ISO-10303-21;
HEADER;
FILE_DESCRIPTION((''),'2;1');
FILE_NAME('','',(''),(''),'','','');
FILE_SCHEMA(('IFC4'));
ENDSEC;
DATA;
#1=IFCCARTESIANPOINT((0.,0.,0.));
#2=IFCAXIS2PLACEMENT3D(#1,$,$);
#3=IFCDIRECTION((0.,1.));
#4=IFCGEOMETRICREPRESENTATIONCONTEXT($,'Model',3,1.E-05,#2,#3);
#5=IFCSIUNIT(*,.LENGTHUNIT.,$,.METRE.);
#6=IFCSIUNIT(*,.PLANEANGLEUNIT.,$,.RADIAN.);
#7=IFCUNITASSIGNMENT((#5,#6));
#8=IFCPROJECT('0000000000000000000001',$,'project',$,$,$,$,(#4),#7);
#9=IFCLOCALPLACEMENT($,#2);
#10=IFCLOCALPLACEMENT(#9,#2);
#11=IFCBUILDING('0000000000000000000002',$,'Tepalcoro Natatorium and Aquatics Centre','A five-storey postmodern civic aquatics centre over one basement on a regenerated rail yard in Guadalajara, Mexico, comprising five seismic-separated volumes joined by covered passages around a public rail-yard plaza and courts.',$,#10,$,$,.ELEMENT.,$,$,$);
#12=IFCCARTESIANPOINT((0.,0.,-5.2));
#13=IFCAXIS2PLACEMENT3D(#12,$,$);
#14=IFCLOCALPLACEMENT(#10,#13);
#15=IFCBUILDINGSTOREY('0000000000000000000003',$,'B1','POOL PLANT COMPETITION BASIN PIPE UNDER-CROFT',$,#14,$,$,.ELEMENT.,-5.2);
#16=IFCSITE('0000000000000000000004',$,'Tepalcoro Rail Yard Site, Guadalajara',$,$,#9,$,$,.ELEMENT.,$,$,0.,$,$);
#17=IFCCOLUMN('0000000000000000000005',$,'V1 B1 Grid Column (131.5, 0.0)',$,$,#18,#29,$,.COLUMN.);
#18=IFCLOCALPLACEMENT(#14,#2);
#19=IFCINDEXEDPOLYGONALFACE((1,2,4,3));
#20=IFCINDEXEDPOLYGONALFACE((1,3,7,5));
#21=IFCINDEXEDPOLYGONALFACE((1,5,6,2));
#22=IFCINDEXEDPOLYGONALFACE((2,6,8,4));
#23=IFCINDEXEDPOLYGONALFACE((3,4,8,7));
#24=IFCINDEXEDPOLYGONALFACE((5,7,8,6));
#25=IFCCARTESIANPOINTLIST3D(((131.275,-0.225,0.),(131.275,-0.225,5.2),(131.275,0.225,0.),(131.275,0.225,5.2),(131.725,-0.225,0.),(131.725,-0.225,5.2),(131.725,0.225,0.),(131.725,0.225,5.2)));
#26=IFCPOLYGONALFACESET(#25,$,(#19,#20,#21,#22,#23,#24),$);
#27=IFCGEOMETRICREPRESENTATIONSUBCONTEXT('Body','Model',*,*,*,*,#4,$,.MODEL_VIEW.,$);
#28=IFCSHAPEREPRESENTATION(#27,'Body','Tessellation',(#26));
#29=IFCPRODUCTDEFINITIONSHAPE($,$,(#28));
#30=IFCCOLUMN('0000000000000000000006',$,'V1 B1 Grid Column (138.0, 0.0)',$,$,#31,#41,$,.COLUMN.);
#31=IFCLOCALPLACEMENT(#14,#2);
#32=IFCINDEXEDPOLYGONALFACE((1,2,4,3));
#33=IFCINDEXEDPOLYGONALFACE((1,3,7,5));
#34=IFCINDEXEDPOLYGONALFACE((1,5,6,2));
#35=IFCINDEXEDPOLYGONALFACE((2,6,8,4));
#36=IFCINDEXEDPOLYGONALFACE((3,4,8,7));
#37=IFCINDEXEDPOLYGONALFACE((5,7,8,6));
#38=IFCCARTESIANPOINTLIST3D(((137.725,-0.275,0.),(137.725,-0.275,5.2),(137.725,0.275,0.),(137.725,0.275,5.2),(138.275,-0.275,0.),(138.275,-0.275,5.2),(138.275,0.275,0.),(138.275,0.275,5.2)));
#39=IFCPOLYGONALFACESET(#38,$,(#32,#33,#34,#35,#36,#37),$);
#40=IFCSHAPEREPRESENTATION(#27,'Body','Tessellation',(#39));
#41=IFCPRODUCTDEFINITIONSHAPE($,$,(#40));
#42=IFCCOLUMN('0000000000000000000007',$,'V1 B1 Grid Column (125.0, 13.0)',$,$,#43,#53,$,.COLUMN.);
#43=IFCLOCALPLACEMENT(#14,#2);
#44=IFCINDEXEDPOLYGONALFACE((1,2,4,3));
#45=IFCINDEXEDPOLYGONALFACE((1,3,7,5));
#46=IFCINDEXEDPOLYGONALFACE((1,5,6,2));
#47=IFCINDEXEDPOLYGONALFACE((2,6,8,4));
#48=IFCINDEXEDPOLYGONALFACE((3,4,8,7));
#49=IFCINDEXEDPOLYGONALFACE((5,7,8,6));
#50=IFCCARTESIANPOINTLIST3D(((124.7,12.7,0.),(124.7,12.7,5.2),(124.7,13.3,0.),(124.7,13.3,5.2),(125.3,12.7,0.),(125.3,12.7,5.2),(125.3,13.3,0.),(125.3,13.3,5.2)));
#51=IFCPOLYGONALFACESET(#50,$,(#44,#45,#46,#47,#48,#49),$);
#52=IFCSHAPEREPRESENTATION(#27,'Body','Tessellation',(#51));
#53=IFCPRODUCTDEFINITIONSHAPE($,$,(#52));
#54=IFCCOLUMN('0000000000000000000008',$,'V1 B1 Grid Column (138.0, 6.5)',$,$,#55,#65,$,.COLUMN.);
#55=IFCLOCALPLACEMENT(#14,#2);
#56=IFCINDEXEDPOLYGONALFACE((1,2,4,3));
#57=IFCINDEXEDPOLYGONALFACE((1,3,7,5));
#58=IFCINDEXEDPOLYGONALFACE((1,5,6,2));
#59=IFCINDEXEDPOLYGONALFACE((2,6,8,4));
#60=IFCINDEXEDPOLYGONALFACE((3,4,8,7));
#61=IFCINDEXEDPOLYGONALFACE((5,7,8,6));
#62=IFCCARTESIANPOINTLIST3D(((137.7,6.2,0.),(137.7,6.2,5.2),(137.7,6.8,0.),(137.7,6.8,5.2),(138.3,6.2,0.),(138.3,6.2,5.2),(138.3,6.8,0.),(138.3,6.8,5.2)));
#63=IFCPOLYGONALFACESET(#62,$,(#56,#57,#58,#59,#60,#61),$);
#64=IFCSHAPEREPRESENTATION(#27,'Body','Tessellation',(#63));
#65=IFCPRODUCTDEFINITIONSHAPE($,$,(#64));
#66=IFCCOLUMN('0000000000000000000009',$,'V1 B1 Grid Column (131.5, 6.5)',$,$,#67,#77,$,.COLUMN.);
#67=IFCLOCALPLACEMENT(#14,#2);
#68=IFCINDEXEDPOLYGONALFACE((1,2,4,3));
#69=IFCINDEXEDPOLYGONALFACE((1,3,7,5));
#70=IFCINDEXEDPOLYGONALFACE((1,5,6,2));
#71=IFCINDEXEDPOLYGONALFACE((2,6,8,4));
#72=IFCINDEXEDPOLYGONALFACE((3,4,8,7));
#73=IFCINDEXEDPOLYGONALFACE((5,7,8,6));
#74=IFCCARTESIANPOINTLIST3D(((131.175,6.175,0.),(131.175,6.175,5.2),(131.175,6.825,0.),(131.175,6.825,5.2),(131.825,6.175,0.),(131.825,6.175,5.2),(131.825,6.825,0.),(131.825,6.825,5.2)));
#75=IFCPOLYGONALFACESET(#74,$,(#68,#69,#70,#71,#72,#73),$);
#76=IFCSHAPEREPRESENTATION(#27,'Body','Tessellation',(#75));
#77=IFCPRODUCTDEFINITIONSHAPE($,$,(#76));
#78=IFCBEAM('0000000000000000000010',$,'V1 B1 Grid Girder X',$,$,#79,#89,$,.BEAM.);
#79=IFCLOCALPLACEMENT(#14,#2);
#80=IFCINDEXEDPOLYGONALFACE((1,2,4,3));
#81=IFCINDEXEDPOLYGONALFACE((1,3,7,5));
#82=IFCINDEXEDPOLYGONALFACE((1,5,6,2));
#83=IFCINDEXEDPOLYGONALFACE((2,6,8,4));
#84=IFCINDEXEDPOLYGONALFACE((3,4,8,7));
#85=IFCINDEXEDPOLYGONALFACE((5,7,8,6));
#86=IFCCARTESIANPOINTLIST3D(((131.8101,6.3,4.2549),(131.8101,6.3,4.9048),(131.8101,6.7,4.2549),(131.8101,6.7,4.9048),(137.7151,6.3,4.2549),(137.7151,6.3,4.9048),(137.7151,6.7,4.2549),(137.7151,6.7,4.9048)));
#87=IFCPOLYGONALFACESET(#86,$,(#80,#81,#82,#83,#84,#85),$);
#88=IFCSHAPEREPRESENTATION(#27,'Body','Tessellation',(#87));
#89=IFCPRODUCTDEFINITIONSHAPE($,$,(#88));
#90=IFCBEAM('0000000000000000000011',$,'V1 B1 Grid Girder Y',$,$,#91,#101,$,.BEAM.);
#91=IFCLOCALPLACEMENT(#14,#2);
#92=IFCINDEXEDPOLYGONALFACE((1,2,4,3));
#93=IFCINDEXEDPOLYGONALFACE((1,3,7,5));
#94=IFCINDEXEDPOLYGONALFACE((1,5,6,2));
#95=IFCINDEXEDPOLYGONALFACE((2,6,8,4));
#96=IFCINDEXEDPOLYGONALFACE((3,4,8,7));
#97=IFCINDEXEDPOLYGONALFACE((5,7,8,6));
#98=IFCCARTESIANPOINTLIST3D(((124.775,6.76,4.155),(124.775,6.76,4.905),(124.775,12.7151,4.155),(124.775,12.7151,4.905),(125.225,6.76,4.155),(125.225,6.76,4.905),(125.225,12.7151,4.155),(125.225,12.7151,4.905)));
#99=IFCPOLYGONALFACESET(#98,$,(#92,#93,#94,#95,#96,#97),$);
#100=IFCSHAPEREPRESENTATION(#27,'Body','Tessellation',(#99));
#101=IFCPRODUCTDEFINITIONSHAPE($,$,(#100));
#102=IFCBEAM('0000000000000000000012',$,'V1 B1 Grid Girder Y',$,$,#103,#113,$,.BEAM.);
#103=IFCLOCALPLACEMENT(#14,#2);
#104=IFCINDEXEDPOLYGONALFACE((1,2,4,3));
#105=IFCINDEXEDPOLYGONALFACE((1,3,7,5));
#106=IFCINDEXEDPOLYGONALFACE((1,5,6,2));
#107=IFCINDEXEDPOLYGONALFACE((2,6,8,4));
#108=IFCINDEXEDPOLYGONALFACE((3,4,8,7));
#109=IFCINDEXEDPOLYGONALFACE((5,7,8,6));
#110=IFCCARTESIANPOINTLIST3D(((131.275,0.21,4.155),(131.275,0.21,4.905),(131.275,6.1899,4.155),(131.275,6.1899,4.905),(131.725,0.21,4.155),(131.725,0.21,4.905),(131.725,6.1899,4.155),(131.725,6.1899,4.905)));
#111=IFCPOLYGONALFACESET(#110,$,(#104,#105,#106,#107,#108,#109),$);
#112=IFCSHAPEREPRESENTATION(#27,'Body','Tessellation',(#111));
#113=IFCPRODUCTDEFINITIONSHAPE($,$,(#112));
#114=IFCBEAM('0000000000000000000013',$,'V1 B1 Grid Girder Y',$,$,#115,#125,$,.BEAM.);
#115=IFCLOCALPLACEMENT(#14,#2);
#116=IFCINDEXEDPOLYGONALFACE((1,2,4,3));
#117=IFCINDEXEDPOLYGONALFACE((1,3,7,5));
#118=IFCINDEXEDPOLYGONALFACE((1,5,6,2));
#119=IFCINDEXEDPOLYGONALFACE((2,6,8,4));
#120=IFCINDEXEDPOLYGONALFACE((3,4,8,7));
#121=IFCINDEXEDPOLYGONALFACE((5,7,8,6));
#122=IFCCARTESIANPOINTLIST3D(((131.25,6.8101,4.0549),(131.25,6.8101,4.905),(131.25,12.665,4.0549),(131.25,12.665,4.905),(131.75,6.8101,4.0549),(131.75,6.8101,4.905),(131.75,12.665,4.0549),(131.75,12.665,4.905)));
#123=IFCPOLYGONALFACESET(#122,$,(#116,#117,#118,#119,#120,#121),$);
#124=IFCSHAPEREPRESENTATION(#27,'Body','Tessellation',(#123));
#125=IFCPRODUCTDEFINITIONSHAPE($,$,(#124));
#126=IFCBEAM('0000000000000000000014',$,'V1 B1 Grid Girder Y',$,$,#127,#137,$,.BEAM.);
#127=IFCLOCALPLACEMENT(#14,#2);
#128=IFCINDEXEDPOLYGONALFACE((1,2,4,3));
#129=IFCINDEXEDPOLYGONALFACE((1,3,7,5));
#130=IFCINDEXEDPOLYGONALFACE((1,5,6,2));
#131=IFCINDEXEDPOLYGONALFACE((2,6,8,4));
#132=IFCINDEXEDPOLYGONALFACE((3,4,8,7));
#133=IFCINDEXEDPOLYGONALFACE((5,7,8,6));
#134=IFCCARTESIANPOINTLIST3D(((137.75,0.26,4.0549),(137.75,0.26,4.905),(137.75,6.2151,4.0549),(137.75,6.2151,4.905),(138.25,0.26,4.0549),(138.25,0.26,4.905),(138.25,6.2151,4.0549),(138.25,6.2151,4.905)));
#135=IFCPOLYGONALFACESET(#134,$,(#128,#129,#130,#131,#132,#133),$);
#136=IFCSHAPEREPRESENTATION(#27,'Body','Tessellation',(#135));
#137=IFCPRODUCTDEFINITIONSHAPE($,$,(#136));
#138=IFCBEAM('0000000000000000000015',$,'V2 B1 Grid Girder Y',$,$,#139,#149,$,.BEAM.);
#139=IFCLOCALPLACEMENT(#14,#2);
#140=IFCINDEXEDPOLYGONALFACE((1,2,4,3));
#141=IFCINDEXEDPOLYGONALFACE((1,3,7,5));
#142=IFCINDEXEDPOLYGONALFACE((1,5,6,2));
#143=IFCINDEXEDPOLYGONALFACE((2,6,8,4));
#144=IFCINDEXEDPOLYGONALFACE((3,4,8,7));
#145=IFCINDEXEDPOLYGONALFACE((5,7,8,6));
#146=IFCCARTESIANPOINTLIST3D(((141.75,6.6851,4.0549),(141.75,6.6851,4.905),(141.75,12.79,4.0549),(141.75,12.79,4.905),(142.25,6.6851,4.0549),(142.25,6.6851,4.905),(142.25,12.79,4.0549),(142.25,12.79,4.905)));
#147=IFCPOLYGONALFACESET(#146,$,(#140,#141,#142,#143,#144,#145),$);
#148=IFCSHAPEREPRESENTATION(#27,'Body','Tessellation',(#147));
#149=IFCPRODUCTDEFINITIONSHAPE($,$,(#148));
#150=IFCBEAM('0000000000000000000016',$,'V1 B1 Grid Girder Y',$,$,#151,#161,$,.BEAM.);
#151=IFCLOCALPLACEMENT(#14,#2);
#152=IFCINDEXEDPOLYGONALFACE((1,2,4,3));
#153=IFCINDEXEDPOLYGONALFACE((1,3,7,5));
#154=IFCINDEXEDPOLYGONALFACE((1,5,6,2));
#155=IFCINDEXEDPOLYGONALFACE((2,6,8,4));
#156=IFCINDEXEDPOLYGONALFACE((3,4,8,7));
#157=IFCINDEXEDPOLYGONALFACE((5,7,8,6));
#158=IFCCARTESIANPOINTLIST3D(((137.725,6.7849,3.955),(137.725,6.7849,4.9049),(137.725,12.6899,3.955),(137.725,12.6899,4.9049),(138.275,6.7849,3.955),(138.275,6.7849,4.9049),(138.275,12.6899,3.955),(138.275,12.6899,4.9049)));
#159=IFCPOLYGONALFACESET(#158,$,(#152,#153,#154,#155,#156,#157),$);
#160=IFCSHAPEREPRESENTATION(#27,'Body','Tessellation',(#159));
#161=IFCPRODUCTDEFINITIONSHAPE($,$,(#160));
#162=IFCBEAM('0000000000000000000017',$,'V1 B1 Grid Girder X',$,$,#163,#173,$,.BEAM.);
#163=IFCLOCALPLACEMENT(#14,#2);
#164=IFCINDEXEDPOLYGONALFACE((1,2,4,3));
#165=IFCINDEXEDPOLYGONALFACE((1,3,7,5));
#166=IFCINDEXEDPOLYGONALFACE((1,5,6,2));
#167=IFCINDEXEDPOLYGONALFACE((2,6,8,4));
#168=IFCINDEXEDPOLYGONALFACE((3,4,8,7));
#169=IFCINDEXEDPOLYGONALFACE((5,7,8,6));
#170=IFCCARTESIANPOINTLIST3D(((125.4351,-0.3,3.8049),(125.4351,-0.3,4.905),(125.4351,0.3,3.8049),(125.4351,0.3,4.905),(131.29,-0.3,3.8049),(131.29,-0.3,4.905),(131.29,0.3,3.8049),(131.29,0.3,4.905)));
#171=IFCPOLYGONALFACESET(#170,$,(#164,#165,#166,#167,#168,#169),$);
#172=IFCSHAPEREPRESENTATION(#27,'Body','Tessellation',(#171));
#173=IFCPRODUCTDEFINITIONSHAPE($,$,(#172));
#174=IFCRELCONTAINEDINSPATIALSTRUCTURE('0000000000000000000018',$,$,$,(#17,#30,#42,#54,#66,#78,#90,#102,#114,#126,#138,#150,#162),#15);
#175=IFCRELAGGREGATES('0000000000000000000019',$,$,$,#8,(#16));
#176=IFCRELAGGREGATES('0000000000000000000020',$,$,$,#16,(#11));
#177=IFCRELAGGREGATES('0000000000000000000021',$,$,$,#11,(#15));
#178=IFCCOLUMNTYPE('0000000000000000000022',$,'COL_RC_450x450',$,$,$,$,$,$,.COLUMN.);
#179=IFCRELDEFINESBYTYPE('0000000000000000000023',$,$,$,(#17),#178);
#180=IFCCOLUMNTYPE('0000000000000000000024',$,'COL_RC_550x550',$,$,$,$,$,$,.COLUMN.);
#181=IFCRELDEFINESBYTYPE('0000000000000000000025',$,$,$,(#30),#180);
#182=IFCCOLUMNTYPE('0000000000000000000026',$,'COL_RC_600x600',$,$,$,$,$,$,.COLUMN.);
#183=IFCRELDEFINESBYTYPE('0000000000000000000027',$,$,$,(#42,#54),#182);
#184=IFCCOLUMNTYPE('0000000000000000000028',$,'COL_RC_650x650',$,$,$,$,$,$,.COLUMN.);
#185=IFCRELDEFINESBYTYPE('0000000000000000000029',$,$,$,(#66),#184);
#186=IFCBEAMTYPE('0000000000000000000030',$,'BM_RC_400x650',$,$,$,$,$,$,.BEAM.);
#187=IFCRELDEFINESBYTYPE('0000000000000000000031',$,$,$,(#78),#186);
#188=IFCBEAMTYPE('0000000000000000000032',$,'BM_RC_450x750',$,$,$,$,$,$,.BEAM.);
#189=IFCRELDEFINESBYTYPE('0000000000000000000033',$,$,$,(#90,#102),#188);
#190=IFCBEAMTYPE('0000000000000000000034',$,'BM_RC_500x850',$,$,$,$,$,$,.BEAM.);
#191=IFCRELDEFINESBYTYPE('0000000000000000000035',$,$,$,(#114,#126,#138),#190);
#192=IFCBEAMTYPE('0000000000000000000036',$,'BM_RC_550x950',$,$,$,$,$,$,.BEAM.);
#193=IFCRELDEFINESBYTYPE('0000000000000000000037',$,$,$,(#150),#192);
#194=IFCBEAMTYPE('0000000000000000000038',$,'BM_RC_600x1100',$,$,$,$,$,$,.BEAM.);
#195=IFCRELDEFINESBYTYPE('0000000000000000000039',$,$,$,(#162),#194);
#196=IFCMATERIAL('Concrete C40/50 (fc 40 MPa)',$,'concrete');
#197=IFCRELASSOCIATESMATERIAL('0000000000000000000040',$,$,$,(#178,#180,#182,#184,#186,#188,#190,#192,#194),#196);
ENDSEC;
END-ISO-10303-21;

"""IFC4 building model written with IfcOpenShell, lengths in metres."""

from ifc_helpers import new_model, si_unit, direction, frame, origin, origin_2d, place, context, subcontext, project, spatial, rectangle, extrude, material, material_profile, profile_set, type_object, element, save


model = new_model("IFC4")

# Units and contexts
model_context = context("Model", 3, precision=1e-05, world=origin(), true_north=direction((0.0, 1.0)))
body_context = subcontext(model_context, "Body", "Model", "MODEL_VIEW")
ifc_project = project(units=[si_unit("LENGTHUNIT", "METRE"), si_unit("PLANEANGLEUNIT", "RADIAN")], contexts=[model_context])

# Site, building, storey
site_placement = place(None, origin())
site = spatial("IfcSite", under=ifc_project, at=site_placement, Name="Tepalcoro Rail Yard Site, Guadalajara", CompositionType="ELEMENT", RefElevation=0.0)
building_placement = place(site_placement, origin())
building = spatial("IfcBuilding", under=site, at=building_placement, Name="Tepalcoro Natatorium and Aquatics Centre", Description="A five-storey postmodern civic aquatics centre over one basement on a regenerated rail yard in Guadalajara, Mexico, comprising five seismic-separated volumes joined by covered passages around a public rail-yard plaza and courts.", CompositionType="ELEMENT")
storey_placement = place(building_placement, frame((0.0, 0.0, -5.2)))
storey = spatial("IfcBuildingStorey", under=building, at=storey_placement, Name="B1", Description="POOL PLANT COMPETITION BASIN PIPE UNDER-CROFT", CompositionType="ELEMENT", Elevation=-5.2)

# Shared definitions
ifc_material = material(Name="Concrete C40/50 (fc 40 MPa)", Category="concrete")

# Columns
ifc_material_profile_1 = material_profile(ifc_material, rectangle(XDim=0.45, YDim=0.45, at=origin_2d()), Name="RC450x450")
ifc_profile_set_1 = profile_set([ifc_material_profile_1], Name="Concrete C40/50 (fc 40 MPa)")
column_type_1 = type_object("IfcColumnType", Name="COL_RC_450x450", PredefinedType="COLUMN", material=ifc_profile_set_1)
column_1_placement = place(storey_placement, frame((131.5, 0.0, 0.0), z_axis=(0.0, 0.0, 1.0), x_axis=(1.0, 0.0, 0.0)))
element("IfcColumn", 1, at=column_1_placement, inside=storey, type_object=column_type_1, Name="V1 B1 Grid Column (131.5, 0.0)", PredefinedType="COLUMN", context=body_context, shape_type="SweptSolid", body=[
    extrude(rectangle(XDim=0.45, YDim=0.45, at=origin_2d()), origin(), (0.0, 0.0, 1.0), 5.2),
])
ifc_material_profile_2 = material_profile(ifc_material, rectangle(XDim=0.55, YDim=0.55, at=origin_2d()), Name="RC550x550")
ifc_profile_set_2 = profile_set([ifc_material_profile_2], Name="Concrete C40/50 (fc 40 MPa)")
column_type_2 = type_object("IfcColumnType", Name="COL_RC_550x550", PredefinedType="COLUMN", material=ifc_profile_set_2)
column_2_placement = place(storey_placement, frame((138.0, 0.0, 0.0), z_axis=(0.0, 0.0, 1.0), x_axis=(1.0, 0.0, 0.0)))
element("IfcColumn", 2, at=column_2_placement, inside=storey, type_object=column_type_2, Name="V1 B1 Grid Column (138.0, 0.0)", PredefinedType="COLUMN", context=body_context, shape_type="SweptSolid", body=[
    extrude(rectangle(XDim=0.55, YDim=0.55, at=origin_2d()), origin(), (0.0, 0.0, 1.0), 5.2),
])
ifc_material_profile_3 = material_profile(ifc_material, rectangle(XDim=0.6001, YDim=0.6001, at=origin_2d()), Name="RC600x600")
ifc_profile_set_3 = profile_set([ifc_material_profile_3], Name="Concrete C40/50 (fc 40 MPa)")
column_type_3 = type_object("IfcColumnType", Name="COL_RC_600x600", PredefinedType="COLUMN", material=ifc_profile_set_3)
for number, where, z_axis, x_axis, name in (
    (3, (125.0, 13.0, 0.0), (0.0, 0.0, 1.0), (1.0, 0.0, 0.0), "V1 B1 Grid Column (125.0, 13.0)"),
    (4, (138.0, 6.5, 0.0), (0.0, 0.0, 1.0), (1.0, 0.0, 0.0), "V1 B1 Grid Column (138.0, 6.5)"),
):
    element("IfcColumn", number, at=place(storey_placement, frame(where, z_axis=z_axis, x_axis=x_axis)), inside=storey, type_object=column_type_3, Name=name, PredefinedType="COLUMN", context=body_context, shape_type="SweptSolid", body=[
        extrude(rectangle(XDim=0.6001, YDim=0.6001, at=origin_2d()), origin(), (0.0, 0.0, 1.0), 5.2),
    ])
ifc_material_profile_4 = material_profile(ifc_material, rectangle(XDim=0.6499, YDim=0.6499, at=origin_2d()), Name="RC650x650")
ifc_profile_set_4 = profile_set([ifc_material_profile_4], Name="Concrete C40/50 (fc 40 MPa)")
column_type_4 = type_object("IfcColumnType", Name="COL_RC_650x650", PredefinedType="COLUMN", material=ifc_profile_set_4)
column_3_placement = place(storey_placement, frame((131.5, 6.5, 0.0), z_axis=(0.0, 0.0, 1.0), x_axis=(1.0, 0.0, 0.0)))
element("IfcColumn", 5, at=column_3_placement, inside=storey, type_object=column_type_4, Name="V1 B1 Grid Column (131.5, 6.5)", PredefinedType="COLUMN", context=body_context, shape_type="SweptSolid", body=[
    extrude(rectangle(XDim=0.6499, YDim=0.6499, at=origin_2d()), origin(), (0.0, 0.0, 1.0), 5.2),
])

# Beams
ifc_material_profile_5 = material_profile(ifc_material, rectangle(XDim=0.3999, YDim=0.6499, at=origin_2d()), Name="RCB400x650")
ifc_profile_set_5 = profile_set([ifc_material_profile_5], Name="Concrete C40/50 (fc 40 MPa)")
beam_type_1 = type_object("IfcBeamType", Name="BM_RC_400x650", PredefinedType="BEAM", material=ifc_profile_set_5)
beam_1_placement = place(storey_placement, frame((131.8101, 6.5, 4.5798), z_axis=(1.0, 0.0, 0.0), x_axis=(0.0, 1.0, 0.0)))
element("IfcBeam", 6, at=beam_1_placement, inside=storey, type_object=beam_type_1, Name="V1 B1 Grid Girder X", PredefinedType="BEAM", context=body_context, shape_type="SweptSolid", body=[
    extrude(rectangle(XDim=0.3999, YDim=0.6499, at=origin_2d()), origin(), (0.0, 0.0, 1.0), 5.905),
])
ifc_material_profile_6 = material_profile(ifc_material, rectangle(XDim=0.45, YDim=0.75, at=origin_2d()), Name="RCB450x750")
ifc_profile_set_6 = profile_set([ifc_material_profile_6], Name="Concrete C40/50 (fc 40 MPa)")
beam_type_2 = type_object("IfcBeamType", Name="BM_RC_450x750", PredefinedType="BEAM", material=ifc_profile_set_6)
beam_2_placement = place(storey_placement, frame((125.0, 6.76, 4.53), z_axis=(0.0, 1.0, 0.0), x_axis=(-1.0, 0.0, 0.0)))
element("IfcBeam", 7, at=beam_2_placement, inside=storey, type_object=beam_type_2, Name="V1 B1 Grid Girder Y", PredefinedType="BEAM", context=body_context, shape_type="SweptSolid", body=[
    extrude(rectangle(XDim=0.45, YDim=0.75, at=origin_2d()), origin(), (0.0, 0.0, 1.0), 5.9551),
])
beam_3_placement = place(storey_placement, frame((131.5, 0.21, 4.53), z_axis=(0.0, 1.0, 0.0), x_axis=(-1.0, 0.0, 0.0)))
element("IfcBeam", 8, at=beam_3_placement, inside=storey, type_object=beam_type_2, Name="V1 B1 Grid Girder Y", PredefinedType="BEAM", context=body_context, shape_type="SweptSolid", body=[
    extrude(rectangle(XDim=0.45, YDim=0.75, at=origin_2d()), origin(), (0.0, 0.0, 1.0), 5.98),
])
ifc_material_profile_7 = material_profile(ifc_material, rectangle(XDim=0.5, YDim=0.8501, at=origin_2d()), Name="RCB500x850")
ifc_profile_set_7 = profile_set([ifc_material_profile_7], Name="Concrete C40/50 (fc 40 MPa)")
beam_type_3 = type_object("IfcBeamType", Name="BM_RC_500x850", PredefinedType="BEAM", material=ifc_profile_set_7)
beam_4_placement = place(storey_placement, frame((131.5, 6.8101, 4.48), z_axis=(0.0, 1.0, 0.0), x_axis=(-1.0, 0.0, 0.0)))
element("IfcBeam", 9, at=beam_4_placement, inside=storey, type_object=beam_type_3, Name="V1 B1 Grid Girder Y", PredefinedType="BEAM", context=body_context, shape_type="SweptSolid", body=[
    extrude(rectangle(XDim=0.5, YDim=0.8501, at=origin_2d()), origin(), (0.0, 0.0, 1.0), 5.855),
])
beam_5_placement = place(storey_placement, frame((138.0, 0.26, 4.48), z_axis=(0.0, 1.0, 0.0), x_axis=(-1.0, 0.0, 0.0)))
element("IfcBeam", 10, at=beam_5_placement, inside=storey, type_object=beam_type_3, Name="V1 B1 Grid Girder Y", PredefinedType="BEAM", context=body_context, shape_type="SweptSolid", body=[
    extrude(rectangle(XDim=0.5, YDim=0.8501, at=origin_2d()), origin(), (0.0, 0.0, 1.0), 5.9551),
])
beam_6_placement = place(storey_placement, frame((142.0, 6.6851, 4.48), z_axis=(0.0, 1.0, 0.0), x_axis=(-1.0, 0.0, 0.0)))
element("IfcBeam", 11, at=beam_6_placement, inside=storey, type_object=beam_type_3, Name="V2 B1 Grid Girder Y", PredefinedType="BEAM", context=body_context, shape_type="SweptSolid", body=[
    extrude(rectangle(XDim=0.5, YDim=0.8501, at=origin_2d()), origin(), (0.0, 0.0, 1.0), 6.105),
])
ifc_material_profile_8 = material_profile(ifc_material, rectangle(XDim=0.55, YDim=0.95, at=origin_2d()), Name="RCB550x950")
ifc_profile_set_8 = profile_set([ifc_material_profile_8], Name="Concrete C40/50 (fc 40 MPa)")
beam_type_4 = type_object("IfcBeamType", Name="BM_RC_550x950", PredefinedType="BEAM", material=ifc_profile_set_8)
beam_7_placement = place(storey_placement, frame((138.0, 6.7849, 4.4299), z_axis=(0.0, 1.0, 0.0), x_axis=(-1.0, 0.0, 0.0)))
element("IfcBeam", 12, at=beam_7_placement, inside=storey, type_object=beam_type_4, Name="V1 B1 Grid Girder Y", PredefinedType="BEAM", context=body_context, shape_type="SweptSolid", body=[
    extrude(rectangle(XDim=0.55, YDim=0.95, at=origin_2d()), origin(), (0.0, 0.0, 1.0), 5.905),
])
ifc_material_profile_9 = material_profile(ifc_material, rectangle(XDim=0.6001, YDim=1.1001, at=origin_2d()), Name="RCB600x1100")
ifc_profile_set_9 = profile_set([ifc_material_profile_9], Name="Concrete C40/50 (fc 40 MPa)")
beam_type_5 = type_object("IfcBeamType", Name="BM_RC_600x1100", PredefinedType="BEAM", material=ifc_profile_set_9)
beam_8_placement = place(storey_placement, frame((125.4351, 0.0, 4.355), z_axis=(1.0, 0.0, 0.0), x_axis=(0.0, 1.0, 0.0)))
element("IfcBeam", 13, at=beam_8_placement, inside=storey, type_object=beam_type_5, Name="V1 B1 Grid Girder X", PredefinedType="BEAM", context=body_context, shape_type="SweptSolid", body=[
    extrude(rectangle(XDim=0.6001, YDim=1.1001, at=origin_2d()), origin(), (0.0, 0.0, 1.0), 5.855),
])

save(model, "model.ifc")
